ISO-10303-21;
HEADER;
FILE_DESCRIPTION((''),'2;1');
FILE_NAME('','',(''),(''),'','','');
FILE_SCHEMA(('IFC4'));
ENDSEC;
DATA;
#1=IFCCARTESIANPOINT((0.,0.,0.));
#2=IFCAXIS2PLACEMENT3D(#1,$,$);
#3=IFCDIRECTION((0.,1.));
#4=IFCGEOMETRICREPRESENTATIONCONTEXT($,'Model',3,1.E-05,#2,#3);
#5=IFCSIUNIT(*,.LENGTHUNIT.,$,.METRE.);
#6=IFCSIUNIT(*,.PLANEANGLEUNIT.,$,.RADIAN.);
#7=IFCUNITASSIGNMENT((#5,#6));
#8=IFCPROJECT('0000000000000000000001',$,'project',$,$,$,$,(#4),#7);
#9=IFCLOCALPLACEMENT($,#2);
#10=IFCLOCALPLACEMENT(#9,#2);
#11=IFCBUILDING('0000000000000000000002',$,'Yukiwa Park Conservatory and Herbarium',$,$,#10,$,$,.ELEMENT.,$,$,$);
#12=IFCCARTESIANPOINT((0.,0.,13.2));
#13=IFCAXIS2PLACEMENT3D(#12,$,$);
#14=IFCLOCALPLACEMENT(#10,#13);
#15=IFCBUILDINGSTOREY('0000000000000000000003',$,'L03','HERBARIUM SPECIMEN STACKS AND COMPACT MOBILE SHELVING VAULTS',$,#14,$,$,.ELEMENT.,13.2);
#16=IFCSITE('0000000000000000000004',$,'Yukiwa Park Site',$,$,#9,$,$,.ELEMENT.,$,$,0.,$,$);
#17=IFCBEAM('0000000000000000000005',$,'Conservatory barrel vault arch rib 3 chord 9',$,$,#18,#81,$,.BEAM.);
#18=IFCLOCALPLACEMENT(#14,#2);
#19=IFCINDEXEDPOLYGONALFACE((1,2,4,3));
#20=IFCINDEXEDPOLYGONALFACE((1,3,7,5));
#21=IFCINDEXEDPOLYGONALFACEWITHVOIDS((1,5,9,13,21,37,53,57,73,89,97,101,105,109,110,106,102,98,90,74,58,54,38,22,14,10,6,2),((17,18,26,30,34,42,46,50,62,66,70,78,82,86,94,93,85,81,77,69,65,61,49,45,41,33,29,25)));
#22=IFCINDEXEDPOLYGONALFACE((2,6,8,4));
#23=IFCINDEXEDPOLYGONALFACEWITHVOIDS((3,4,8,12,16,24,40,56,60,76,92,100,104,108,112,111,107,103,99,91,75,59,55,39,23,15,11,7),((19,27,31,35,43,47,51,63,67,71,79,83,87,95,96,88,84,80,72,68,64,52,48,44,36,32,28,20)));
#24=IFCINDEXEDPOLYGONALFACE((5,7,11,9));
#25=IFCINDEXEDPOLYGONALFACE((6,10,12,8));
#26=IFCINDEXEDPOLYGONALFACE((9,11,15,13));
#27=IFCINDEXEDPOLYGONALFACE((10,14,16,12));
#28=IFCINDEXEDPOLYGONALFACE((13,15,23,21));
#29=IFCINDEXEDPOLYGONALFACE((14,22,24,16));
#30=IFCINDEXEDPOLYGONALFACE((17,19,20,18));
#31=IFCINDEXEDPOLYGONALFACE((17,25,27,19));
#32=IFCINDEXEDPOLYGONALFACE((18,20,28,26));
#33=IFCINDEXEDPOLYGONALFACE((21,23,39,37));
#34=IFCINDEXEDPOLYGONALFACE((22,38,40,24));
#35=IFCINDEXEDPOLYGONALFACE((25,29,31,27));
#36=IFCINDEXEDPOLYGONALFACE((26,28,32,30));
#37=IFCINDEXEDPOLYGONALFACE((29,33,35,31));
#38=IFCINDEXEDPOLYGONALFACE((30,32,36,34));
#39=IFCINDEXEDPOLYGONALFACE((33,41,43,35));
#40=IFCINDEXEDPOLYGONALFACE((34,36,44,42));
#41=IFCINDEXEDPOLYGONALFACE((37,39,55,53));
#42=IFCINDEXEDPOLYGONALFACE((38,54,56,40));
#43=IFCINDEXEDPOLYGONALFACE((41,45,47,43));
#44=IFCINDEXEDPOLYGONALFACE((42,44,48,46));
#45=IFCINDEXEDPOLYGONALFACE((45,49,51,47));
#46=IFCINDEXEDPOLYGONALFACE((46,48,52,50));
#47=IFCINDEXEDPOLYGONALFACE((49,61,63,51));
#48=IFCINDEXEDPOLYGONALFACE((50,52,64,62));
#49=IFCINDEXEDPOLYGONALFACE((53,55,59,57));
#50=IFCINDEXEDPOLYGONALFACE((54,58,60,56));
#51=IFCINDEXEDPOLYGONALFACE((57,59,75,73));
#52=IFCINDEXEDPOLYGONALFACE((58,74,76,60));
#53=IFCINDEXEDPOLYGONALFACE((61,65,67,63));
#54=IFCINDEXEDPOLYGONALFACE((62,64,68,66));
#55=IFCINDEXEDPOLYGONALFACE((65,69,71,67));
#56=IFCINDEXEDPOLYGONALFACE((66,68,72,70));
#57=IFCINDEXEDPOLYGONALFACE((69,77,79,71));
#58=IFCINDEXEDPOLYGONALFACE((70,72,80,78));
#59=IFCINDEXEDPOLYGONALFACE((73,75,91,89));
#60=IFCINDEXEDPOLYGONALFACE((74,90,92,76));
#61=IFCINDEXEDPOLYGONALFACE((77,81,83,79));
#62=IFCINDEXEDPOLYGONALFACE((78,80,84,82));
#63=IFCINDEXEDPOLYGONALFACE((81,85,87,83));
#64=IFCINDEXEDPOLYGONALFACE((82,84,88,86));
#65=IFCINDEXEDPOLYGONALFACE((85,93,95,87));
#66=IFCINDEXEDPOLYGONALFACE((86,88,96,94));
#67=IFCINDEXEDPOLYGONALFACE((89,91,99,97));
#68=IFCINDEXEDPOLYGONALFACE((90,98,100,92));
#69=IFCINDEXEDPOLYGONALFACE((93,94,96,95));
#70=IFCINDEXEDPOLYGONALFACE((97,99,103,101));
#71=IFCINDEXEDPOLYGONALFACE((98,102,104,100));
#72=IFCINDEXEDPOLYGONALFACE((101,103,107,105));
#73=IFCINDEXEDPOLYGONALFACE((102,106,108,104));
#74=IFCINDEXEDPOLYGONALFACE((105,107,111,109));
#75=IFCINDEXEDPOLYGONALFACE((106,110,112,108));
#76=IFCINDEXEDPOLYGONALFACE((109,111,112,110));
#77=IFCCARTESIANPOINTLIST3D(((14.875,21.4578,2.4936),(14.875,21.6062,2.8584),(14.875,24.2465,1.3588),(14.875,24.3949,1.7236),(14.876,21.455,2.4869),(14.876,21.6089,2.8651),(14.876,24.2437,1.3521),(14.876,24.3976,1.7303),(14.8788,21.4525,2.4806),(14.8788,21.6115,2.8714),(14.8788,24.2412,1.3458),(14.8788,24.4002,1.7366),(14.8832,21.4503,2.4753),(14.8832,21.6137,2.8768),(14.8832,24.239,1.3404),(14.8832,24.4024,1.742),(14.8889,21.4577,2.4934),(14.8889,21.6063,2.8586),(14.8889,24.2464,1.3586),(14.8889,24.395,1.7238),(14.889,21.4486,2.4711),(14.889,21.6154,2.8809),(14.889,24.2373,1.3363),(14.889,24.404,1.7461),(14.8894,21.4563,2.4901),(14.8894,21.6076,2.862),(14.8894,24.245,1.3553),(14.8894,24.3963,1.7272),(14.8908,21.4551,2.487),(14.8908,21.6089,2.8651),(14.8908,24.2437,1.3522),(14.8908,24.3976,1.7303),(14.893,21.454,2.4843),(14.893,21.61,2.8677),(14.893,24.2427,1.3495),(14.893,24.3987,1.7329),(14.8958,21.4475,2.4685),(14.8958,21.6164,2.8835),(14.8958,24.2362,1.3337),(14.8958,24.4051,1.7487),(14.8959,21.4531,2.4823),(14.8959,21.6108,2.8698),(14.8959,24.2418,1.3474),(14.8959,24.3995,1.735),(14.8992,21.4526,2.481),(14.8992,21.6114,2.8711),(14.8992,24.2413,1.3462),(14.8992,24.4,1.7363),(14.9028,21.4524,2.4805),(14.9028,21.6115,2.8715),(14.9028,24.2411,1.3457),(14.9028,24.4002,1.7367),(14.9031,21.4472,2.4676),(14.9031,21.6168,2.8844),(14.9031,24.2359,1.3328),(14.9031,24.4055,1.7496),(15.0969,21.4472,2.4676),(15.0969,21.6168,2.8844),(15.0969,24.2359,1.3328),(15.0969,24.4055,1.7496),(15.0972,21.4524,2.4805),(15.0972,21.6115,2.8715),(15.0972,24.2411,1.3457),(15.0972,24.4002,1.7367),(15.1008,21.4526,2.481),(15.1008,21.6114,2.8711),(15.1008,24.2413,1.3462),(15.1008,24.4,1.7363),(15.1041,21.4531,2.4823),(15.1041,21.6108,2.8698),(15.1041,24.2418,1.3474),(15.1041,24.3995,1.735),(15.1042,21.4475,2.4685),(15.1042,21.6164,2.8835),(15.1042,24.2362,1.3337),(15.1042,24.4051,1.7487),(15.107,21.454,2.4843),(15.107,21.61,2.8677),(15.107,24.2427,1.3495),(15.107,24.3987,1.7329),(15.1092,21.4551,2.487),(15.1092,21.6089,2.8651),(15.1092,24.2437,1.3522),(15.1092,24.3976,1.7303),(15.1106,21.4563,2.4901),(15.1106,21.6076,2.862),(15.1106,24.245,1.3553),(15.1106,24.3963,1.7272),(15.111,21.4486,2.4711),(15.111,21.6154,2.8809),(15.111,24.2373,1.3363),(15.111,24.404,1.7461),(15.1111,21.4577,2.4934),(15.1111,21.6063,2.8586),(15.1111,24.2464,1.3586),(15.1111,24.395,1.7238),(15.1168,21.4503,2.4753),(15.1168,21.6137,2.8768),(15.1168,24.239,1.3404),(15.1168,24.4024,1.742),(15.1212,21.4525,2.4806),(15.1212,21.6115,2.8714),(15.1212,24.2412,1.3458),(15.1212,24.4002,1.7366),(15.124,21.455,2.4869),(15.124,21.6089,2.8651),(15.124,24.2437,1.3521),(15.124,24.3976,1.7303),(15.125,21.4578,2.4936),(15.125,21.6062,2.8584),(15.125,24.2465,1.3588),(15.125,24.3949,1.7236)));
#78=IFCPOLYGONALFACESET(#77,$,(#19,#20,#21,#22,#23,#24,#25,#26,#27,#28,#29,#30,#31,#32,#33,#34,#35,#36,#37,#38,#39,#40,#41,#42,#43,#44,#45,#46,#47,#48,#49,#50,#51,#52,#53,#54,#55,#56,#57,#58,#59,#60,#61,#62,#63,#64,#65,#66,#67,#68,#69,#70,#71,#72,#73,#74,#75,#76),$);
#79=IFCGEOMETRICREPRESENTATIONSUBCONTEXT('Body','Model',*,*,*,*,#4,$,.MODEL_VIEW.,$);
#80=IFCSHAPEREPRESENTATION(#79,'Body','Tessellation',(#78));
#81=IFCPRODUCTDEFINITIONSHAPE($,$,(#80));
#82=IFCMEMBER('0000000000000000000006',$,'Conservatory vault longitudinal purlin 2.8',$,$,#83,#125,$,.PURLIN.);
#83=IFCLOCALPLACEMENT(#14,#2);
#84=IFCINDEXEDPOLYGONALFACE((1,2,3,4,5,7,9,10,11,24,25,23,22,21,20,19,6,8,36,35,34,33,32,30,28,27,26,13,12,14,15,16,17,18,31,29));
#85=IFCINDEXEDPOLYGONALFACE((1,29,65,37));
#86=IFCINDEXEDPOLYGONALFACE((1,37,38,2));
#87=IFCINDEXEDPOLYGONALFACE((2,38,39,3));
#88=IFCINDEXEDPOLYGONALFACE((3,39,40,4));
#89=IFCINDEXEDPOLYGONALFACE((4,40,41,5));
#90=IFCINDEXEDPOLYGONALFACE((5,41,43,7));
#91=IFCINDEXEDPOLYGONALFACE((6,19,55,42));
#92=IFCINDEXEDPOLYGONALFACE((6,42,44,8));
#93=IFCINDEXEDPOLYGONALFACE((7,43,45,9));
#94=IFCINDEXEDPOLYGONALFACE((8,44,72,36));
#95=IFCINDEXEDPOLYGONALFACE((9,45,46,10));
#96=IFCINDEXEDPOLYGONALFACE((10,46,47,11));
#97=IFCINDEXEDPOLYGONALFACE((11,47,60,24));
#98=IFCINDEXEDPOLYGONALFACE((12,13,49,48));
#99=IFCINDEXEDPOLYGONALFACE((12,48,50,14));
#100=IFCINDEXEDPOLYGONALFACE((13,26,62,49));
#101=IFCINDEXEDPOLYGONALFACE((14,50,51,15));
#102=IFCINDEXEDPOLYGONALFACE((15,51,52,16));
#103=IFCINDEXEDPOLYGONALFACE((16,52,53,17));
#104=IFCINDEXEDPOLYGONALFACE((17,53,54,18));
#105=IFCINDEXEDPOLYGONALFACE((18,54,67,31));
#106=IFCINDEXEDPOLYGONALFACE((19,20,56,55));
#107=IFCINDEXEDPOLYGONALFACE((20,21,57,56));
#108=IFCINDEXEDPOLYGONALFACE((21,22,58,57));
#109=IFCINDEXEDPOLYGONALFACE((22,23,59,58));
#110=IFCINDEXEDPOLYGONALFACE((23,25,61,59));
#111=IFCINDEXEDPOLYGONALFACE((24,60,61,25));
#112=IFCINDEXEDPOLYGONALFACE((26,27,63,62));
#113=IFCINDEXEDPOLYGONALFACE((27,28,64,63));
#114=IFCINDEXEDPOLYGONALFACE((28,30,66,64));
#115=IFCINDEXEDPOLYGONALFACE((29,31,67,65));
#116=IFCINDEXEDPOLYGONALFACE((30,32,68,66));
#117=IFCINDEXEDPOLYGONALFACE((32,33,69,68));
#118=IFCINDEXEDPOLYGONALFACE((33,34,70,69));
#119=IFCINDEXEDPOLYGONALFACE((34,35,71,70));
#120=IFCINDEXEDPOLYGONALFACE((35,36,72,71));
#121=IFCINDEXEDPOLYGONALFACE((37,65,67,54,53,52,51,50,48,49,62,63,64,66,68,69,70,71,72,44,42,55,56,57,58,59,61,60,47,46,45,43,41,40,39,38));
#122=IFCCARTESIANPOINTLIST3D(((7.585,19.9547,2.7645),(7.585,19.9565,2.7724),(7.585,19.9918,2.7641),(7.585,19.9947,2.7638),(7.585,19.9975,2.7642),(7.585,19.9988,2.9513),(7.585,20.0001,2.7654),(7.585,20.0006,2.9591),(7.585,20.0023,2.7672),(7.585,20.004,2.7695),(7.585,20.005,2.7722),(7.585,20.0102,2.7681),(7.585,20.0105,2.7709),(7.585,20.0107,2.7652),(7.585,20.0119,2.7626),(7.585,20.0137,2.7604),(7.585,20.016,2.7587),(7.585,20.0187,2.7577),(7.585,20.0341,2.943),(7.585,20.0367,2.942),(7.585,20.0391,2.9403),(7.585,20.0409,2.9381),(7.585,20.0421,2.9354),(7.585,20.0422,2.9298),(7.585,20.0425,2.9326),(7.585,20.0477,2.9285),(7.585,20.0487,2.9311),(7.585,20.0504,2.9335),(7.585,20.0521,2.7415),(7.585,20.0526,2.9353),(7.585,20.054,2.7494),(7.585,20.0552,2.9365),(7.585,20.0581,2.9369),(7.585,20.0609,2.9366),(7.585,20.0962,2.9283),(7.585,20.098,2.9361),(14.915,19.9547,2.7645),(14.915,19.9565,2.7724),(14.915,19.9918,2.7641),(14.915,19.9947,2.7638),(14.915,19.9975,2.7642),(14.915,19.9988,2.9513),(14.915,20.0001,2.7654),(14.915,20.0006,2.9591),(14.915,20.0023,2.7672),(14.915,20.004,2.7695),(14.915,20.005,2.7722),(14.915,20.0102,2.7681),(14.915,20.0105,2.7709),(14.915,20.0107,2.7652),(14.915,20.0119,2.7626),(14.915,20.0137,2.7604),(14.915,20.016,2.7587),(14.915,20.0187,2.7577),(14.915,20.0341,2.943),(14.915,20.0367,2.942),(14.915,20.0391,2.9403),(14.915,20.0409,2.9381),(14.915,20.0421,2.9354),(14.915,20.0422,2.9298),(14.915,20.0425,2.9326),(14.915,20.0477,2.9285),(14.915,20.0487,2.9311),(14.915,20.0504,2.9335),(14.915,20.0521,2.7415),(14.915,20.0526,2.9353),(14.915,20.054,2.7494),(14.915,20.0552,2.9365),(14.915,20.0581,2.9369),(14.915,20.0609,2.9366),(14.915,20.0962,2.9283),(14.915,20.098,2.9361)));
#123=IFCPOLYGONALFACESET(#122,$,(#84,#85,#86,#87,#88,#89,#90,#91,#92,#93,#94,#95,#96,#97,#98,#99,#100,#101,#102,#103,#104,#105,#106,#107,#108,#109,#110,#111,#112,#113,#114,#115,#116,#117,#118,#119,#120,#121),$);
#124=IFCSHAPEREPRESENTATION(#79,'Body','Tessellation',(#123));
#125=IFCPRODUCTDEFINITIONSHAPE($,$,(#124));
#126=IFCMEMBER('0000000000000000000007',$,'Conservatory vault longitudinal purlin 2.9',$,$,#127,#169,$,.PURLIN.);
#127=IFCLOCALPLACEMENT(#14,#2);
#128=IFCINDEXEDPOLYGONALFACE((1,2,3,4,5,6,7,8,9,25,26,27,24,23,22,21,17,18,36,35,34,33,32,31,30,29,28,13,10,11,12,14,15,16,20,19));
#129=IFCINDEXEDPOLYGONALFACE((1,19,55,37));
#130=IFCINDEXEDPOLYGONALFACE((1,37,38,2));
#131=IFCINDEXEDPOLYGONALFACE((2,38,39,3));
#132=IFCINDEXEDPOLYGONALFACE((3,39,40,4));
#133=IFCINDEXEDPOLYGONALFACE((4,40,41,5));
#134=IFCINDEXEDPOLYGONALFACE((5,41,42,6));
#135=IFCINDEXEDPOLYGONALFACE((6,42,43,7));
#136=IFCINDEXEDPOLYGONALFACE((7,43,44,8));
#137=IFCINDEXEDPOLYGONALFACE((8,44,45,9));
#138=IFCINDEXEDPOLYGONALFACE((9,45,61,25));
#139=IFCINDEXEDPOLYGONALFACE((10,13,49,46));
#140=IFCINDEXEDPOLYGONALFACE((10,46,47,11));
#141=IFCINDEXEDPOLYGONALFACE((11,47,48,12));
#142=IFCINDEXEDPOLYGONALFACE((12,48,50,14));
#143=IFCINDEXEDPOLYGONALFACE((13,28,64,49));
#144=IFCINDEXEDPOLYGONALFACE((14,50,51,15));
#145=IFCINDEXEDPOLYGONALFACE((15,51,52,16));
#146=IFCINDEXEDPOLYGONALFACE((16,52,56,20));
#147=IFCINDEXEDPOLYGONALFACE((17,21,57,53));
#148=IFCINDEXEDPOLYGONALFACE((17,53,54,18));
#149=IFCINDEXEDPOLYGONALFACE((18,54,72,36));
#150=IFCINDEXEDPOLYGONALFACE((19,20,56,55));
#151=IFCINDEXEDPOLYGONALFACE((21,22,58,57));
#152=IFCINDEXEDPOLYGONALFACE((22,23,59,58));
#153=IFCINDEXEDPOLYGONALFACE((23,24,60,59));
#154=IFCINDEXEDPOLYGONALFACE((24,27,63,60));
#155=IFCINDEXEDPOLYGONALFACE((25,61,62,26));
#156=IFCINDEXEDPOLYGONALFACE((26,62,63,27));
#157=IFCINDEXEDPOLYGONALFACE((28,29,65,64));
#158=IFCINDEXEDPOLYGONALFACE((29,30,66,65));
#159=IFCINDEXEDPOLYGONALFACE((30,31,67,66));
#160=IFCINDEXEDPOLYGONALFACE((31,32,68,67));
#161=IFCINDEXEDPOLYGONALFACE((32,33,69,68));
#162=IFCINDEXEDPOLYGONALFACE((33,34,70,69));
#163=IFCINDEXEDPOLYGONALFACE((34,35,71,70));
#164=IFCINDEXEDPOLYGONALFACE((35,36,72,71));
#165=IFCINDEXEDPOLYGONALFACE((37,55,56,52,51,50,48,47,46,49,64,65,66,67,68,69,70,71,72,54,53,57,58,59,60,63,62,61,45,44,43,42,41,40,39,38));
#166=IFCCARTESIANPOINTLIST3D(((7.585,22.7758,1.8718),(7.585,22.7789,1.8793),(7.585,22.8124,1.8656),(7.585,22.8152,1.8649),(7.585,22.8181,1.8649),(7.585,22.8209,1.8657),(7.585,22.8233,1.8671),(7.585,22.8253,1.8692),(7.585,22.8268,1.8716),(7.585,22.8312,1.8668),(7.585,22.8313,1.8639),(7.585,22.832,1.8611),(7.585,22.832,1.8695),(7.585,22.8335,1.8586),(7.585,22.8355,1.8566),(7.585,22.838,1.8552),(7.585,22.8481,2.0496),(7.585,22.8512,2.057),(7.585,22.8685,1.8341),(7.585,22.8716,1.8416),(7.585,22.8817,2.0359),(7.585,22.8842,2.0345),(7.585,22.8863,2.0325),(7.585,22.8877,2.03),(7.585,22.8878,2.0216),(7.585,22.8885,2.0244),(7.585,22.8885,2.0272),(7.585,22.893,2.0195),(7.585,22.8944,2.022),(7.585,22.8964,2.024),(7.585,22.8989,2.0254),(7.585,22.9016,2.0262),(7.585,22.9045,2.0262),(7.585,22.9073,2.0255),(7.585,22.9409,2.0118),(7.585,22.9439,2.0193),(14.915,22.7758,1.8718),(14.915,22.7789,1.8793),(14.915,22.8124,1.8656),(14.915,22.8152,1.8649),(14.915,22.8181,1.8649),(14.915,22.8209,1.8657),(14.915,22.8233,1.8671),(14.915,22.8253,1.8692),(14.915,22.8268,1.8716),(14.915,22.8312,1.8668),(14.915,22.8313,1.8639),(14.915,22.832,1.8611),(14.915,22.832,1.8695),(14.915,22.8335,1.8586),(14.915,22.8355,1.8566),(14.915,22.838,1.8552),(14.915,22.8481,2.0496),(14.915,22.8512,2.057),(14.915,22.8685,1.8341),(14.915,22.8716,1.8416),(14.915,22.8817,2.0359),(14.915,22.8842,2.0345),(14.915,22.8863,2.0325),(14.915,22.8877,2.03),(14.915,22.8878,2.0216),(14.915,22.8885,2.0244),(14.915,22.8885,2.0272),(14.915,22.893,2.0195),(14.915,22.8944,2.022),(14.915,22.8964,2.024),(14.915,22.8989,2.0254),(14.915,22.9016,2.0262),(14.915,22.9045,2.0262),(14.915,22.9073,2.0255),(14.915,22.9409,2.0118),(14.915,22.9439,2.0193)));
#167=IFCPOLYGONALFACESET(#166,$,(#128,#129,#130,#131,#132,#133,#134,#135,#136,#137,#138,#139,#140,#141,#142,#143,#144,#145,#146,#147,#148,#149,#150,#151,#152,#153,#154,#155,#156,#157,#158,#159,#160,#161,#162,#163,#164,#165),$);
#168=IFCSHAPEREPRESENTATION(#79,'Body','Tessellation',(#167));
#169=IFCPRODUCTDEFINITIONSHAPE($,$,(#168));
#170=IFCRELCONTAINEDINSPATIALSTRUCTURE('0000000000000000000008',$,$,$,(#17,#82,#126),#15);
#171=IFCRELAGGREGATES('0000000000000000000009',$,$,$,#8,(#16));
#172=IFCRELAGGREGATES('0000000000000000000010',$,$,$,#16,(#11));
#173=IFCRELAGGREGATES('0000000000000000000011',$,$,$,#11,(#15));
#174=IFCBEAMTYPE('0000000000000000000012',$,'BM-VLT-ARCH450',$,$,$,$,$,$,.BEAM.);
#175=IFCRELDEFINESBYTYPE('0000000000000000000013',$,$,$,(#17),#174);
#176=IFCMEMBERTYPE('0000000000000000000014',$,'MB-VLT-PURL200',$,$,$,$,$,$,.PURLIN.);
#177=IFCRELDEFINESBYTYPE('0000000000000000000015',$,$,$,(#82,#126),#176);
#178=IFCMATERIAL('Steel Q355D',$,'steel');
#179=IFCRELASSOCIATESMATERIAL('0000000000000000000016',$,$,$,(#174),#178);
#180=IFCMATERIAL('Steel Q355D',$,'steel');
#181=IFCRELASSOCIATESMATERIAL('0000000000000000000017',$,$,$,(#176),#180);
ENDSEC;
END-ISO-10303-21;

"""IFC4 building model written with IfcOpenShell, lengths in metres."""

from ifc_helpers import new_model, si_unit, direction, frame, origin, origin_2d, place, context, subcontext, project, spatial, hollow_rectangle, i_section, extrude, material, material_profile, profile_set, type_object, element, save


model = new_model("IFC4")

# Units and contexts
model_context = context("Model", 3, precision=1e-05, world=origin(), true_north=direction((0.0, 1.0)))
body_context = subcontext(model_context, "Body", "Model", "MODEL_VIEW")
ifc_project = project(units=[si_unit("LENGTHUNIT", "METRE"), si_unit("PLANEANGLEUNIT", "RADIAN")], contexts=[model_context])

# Site, building, storey
site_placement = place(None, origin())
site = spatial("IfcSite", under=ifc_project, at=site_placement, Name="Yukiwa Park Site", CompositionType="ELEMENT", RefElevation=0.0)
building_placement = place(site_placement, origin())
building = spatial("IfcBuilding", under=site, at=building_placement, Name="Yukiwa Park Conservatory and Herbarium", CompositionType="ELEMENT")
storey_placement = place(building_placement, frame((0.0, 0.0, 13.2)))
storey = spatial("IfcBuildingStorey", under=building, at=storey_placement, Name="L03", Description="HERBARIUM SPECIMEN STACKS AND COMPACT MOBILE SHELVING VAULTS", CompositionType="ELEMENT", Elevation=13.2)

# Beam
ifc_material_1 = material(Name="Steel Q355D", Category="steel")
ifc_material_profile_1 = material_profile(ifc_material_1, hollow_rectangle(XDim=0.25, YDim=0.45, WallThickness=0.0139, InnerFilletRadius=0.0139, OuterFilletRadius=0.0281, at=origin_2d()), Name="RHS 450x250x14")
ifc_profile_set_1 = profile_set([ifc_material_profile_1], Name="Steel Q355D")
beam_type = type_object("IfcBeamType", Name="BM-VLT-ARCH450", PredefinedType="BEAM", material=ifc_profile_set_1)
for number, where, z_axis, x_axis, name in (
    (1, (15.0, 21.532, 2.676), (0.0, 0.926246, -0.376921), (-1.0, 0.0, 0.0), "Conservatory barrel vault arch rib 3 chord 9"),
):
    element("IfcBeam", number, at=place(storey_placement, frame(where, z_axis=z_axis, x_axis=x_axis)), inside=storey, type_object=beam_type, Name=name, PredefinedType="BEAM", context=body_context, shape_type="SweptSolid", body=[
        extrude(hollow_rectangle(XDim=0.25, YDim=0.45, WallThickness=0.0139, InnerFilletRadius=0.0139, OuterFilletRadius=0.0281, at=origin_2d()), origin(), (0.0, 0.0, 1.0), 3.0107),
    ])

# Members
ifc_material_2 = material(Name="Steel Q355D", Category="steel")
ifc_material_profile_2 = material_profile(ifc_material_2, i_section(OverallWidth=0.1001, OverallDepth=0.2, WebThickness=0.0056, FlangeThickness=0.0081, FilletRadius=0.011, at=origin_2d()), Name="HN 200x100x5.5x8")
ifc_profile_set_2 = profile_set([ifc_material_profile_2], Name="Steel Q355D")
member_type = type_object("IfcMemberType", Name="MB-VLT-PURL200", PredefinedType="PURLIN", material=ifc_profile_set_2)
for number, where, z_axis, x_axis, name in (
    (2, (7.585, 20.0264, 2.8503), (1.0, 0.0, 0.0), (0.0, 0.973249, -0.229752), "Conservatory vault longitudinal purlin 2.8"),
    (3, (7.585, 22.8599, 1.9456), (1.0, 0.0, 0.0), (0.0, 0.926282, -0.376831), "Conservatory vault longitudinal purlin 2.9"),
):
    element("IfcMember", number, at=place(storey_placement, frame(where, z_axis=z_axis, x_axis=x_axis)), inside=storey, type_object=member_type, Name=name, PredefinedType="PURLIN", context=body_context, shape_type="SweptSolid", body=[
        extrude(i_section(OverallWidth=0.1001, OverallDepth=0.2, WebThickness=0.0056, FlangeThickness=0.0081, FilletRadius=0.011, at=origin_2d()), origin(), (0.0, 0.0, 1.0), 7.3301),
    ])

save(model, "model.ifc")
